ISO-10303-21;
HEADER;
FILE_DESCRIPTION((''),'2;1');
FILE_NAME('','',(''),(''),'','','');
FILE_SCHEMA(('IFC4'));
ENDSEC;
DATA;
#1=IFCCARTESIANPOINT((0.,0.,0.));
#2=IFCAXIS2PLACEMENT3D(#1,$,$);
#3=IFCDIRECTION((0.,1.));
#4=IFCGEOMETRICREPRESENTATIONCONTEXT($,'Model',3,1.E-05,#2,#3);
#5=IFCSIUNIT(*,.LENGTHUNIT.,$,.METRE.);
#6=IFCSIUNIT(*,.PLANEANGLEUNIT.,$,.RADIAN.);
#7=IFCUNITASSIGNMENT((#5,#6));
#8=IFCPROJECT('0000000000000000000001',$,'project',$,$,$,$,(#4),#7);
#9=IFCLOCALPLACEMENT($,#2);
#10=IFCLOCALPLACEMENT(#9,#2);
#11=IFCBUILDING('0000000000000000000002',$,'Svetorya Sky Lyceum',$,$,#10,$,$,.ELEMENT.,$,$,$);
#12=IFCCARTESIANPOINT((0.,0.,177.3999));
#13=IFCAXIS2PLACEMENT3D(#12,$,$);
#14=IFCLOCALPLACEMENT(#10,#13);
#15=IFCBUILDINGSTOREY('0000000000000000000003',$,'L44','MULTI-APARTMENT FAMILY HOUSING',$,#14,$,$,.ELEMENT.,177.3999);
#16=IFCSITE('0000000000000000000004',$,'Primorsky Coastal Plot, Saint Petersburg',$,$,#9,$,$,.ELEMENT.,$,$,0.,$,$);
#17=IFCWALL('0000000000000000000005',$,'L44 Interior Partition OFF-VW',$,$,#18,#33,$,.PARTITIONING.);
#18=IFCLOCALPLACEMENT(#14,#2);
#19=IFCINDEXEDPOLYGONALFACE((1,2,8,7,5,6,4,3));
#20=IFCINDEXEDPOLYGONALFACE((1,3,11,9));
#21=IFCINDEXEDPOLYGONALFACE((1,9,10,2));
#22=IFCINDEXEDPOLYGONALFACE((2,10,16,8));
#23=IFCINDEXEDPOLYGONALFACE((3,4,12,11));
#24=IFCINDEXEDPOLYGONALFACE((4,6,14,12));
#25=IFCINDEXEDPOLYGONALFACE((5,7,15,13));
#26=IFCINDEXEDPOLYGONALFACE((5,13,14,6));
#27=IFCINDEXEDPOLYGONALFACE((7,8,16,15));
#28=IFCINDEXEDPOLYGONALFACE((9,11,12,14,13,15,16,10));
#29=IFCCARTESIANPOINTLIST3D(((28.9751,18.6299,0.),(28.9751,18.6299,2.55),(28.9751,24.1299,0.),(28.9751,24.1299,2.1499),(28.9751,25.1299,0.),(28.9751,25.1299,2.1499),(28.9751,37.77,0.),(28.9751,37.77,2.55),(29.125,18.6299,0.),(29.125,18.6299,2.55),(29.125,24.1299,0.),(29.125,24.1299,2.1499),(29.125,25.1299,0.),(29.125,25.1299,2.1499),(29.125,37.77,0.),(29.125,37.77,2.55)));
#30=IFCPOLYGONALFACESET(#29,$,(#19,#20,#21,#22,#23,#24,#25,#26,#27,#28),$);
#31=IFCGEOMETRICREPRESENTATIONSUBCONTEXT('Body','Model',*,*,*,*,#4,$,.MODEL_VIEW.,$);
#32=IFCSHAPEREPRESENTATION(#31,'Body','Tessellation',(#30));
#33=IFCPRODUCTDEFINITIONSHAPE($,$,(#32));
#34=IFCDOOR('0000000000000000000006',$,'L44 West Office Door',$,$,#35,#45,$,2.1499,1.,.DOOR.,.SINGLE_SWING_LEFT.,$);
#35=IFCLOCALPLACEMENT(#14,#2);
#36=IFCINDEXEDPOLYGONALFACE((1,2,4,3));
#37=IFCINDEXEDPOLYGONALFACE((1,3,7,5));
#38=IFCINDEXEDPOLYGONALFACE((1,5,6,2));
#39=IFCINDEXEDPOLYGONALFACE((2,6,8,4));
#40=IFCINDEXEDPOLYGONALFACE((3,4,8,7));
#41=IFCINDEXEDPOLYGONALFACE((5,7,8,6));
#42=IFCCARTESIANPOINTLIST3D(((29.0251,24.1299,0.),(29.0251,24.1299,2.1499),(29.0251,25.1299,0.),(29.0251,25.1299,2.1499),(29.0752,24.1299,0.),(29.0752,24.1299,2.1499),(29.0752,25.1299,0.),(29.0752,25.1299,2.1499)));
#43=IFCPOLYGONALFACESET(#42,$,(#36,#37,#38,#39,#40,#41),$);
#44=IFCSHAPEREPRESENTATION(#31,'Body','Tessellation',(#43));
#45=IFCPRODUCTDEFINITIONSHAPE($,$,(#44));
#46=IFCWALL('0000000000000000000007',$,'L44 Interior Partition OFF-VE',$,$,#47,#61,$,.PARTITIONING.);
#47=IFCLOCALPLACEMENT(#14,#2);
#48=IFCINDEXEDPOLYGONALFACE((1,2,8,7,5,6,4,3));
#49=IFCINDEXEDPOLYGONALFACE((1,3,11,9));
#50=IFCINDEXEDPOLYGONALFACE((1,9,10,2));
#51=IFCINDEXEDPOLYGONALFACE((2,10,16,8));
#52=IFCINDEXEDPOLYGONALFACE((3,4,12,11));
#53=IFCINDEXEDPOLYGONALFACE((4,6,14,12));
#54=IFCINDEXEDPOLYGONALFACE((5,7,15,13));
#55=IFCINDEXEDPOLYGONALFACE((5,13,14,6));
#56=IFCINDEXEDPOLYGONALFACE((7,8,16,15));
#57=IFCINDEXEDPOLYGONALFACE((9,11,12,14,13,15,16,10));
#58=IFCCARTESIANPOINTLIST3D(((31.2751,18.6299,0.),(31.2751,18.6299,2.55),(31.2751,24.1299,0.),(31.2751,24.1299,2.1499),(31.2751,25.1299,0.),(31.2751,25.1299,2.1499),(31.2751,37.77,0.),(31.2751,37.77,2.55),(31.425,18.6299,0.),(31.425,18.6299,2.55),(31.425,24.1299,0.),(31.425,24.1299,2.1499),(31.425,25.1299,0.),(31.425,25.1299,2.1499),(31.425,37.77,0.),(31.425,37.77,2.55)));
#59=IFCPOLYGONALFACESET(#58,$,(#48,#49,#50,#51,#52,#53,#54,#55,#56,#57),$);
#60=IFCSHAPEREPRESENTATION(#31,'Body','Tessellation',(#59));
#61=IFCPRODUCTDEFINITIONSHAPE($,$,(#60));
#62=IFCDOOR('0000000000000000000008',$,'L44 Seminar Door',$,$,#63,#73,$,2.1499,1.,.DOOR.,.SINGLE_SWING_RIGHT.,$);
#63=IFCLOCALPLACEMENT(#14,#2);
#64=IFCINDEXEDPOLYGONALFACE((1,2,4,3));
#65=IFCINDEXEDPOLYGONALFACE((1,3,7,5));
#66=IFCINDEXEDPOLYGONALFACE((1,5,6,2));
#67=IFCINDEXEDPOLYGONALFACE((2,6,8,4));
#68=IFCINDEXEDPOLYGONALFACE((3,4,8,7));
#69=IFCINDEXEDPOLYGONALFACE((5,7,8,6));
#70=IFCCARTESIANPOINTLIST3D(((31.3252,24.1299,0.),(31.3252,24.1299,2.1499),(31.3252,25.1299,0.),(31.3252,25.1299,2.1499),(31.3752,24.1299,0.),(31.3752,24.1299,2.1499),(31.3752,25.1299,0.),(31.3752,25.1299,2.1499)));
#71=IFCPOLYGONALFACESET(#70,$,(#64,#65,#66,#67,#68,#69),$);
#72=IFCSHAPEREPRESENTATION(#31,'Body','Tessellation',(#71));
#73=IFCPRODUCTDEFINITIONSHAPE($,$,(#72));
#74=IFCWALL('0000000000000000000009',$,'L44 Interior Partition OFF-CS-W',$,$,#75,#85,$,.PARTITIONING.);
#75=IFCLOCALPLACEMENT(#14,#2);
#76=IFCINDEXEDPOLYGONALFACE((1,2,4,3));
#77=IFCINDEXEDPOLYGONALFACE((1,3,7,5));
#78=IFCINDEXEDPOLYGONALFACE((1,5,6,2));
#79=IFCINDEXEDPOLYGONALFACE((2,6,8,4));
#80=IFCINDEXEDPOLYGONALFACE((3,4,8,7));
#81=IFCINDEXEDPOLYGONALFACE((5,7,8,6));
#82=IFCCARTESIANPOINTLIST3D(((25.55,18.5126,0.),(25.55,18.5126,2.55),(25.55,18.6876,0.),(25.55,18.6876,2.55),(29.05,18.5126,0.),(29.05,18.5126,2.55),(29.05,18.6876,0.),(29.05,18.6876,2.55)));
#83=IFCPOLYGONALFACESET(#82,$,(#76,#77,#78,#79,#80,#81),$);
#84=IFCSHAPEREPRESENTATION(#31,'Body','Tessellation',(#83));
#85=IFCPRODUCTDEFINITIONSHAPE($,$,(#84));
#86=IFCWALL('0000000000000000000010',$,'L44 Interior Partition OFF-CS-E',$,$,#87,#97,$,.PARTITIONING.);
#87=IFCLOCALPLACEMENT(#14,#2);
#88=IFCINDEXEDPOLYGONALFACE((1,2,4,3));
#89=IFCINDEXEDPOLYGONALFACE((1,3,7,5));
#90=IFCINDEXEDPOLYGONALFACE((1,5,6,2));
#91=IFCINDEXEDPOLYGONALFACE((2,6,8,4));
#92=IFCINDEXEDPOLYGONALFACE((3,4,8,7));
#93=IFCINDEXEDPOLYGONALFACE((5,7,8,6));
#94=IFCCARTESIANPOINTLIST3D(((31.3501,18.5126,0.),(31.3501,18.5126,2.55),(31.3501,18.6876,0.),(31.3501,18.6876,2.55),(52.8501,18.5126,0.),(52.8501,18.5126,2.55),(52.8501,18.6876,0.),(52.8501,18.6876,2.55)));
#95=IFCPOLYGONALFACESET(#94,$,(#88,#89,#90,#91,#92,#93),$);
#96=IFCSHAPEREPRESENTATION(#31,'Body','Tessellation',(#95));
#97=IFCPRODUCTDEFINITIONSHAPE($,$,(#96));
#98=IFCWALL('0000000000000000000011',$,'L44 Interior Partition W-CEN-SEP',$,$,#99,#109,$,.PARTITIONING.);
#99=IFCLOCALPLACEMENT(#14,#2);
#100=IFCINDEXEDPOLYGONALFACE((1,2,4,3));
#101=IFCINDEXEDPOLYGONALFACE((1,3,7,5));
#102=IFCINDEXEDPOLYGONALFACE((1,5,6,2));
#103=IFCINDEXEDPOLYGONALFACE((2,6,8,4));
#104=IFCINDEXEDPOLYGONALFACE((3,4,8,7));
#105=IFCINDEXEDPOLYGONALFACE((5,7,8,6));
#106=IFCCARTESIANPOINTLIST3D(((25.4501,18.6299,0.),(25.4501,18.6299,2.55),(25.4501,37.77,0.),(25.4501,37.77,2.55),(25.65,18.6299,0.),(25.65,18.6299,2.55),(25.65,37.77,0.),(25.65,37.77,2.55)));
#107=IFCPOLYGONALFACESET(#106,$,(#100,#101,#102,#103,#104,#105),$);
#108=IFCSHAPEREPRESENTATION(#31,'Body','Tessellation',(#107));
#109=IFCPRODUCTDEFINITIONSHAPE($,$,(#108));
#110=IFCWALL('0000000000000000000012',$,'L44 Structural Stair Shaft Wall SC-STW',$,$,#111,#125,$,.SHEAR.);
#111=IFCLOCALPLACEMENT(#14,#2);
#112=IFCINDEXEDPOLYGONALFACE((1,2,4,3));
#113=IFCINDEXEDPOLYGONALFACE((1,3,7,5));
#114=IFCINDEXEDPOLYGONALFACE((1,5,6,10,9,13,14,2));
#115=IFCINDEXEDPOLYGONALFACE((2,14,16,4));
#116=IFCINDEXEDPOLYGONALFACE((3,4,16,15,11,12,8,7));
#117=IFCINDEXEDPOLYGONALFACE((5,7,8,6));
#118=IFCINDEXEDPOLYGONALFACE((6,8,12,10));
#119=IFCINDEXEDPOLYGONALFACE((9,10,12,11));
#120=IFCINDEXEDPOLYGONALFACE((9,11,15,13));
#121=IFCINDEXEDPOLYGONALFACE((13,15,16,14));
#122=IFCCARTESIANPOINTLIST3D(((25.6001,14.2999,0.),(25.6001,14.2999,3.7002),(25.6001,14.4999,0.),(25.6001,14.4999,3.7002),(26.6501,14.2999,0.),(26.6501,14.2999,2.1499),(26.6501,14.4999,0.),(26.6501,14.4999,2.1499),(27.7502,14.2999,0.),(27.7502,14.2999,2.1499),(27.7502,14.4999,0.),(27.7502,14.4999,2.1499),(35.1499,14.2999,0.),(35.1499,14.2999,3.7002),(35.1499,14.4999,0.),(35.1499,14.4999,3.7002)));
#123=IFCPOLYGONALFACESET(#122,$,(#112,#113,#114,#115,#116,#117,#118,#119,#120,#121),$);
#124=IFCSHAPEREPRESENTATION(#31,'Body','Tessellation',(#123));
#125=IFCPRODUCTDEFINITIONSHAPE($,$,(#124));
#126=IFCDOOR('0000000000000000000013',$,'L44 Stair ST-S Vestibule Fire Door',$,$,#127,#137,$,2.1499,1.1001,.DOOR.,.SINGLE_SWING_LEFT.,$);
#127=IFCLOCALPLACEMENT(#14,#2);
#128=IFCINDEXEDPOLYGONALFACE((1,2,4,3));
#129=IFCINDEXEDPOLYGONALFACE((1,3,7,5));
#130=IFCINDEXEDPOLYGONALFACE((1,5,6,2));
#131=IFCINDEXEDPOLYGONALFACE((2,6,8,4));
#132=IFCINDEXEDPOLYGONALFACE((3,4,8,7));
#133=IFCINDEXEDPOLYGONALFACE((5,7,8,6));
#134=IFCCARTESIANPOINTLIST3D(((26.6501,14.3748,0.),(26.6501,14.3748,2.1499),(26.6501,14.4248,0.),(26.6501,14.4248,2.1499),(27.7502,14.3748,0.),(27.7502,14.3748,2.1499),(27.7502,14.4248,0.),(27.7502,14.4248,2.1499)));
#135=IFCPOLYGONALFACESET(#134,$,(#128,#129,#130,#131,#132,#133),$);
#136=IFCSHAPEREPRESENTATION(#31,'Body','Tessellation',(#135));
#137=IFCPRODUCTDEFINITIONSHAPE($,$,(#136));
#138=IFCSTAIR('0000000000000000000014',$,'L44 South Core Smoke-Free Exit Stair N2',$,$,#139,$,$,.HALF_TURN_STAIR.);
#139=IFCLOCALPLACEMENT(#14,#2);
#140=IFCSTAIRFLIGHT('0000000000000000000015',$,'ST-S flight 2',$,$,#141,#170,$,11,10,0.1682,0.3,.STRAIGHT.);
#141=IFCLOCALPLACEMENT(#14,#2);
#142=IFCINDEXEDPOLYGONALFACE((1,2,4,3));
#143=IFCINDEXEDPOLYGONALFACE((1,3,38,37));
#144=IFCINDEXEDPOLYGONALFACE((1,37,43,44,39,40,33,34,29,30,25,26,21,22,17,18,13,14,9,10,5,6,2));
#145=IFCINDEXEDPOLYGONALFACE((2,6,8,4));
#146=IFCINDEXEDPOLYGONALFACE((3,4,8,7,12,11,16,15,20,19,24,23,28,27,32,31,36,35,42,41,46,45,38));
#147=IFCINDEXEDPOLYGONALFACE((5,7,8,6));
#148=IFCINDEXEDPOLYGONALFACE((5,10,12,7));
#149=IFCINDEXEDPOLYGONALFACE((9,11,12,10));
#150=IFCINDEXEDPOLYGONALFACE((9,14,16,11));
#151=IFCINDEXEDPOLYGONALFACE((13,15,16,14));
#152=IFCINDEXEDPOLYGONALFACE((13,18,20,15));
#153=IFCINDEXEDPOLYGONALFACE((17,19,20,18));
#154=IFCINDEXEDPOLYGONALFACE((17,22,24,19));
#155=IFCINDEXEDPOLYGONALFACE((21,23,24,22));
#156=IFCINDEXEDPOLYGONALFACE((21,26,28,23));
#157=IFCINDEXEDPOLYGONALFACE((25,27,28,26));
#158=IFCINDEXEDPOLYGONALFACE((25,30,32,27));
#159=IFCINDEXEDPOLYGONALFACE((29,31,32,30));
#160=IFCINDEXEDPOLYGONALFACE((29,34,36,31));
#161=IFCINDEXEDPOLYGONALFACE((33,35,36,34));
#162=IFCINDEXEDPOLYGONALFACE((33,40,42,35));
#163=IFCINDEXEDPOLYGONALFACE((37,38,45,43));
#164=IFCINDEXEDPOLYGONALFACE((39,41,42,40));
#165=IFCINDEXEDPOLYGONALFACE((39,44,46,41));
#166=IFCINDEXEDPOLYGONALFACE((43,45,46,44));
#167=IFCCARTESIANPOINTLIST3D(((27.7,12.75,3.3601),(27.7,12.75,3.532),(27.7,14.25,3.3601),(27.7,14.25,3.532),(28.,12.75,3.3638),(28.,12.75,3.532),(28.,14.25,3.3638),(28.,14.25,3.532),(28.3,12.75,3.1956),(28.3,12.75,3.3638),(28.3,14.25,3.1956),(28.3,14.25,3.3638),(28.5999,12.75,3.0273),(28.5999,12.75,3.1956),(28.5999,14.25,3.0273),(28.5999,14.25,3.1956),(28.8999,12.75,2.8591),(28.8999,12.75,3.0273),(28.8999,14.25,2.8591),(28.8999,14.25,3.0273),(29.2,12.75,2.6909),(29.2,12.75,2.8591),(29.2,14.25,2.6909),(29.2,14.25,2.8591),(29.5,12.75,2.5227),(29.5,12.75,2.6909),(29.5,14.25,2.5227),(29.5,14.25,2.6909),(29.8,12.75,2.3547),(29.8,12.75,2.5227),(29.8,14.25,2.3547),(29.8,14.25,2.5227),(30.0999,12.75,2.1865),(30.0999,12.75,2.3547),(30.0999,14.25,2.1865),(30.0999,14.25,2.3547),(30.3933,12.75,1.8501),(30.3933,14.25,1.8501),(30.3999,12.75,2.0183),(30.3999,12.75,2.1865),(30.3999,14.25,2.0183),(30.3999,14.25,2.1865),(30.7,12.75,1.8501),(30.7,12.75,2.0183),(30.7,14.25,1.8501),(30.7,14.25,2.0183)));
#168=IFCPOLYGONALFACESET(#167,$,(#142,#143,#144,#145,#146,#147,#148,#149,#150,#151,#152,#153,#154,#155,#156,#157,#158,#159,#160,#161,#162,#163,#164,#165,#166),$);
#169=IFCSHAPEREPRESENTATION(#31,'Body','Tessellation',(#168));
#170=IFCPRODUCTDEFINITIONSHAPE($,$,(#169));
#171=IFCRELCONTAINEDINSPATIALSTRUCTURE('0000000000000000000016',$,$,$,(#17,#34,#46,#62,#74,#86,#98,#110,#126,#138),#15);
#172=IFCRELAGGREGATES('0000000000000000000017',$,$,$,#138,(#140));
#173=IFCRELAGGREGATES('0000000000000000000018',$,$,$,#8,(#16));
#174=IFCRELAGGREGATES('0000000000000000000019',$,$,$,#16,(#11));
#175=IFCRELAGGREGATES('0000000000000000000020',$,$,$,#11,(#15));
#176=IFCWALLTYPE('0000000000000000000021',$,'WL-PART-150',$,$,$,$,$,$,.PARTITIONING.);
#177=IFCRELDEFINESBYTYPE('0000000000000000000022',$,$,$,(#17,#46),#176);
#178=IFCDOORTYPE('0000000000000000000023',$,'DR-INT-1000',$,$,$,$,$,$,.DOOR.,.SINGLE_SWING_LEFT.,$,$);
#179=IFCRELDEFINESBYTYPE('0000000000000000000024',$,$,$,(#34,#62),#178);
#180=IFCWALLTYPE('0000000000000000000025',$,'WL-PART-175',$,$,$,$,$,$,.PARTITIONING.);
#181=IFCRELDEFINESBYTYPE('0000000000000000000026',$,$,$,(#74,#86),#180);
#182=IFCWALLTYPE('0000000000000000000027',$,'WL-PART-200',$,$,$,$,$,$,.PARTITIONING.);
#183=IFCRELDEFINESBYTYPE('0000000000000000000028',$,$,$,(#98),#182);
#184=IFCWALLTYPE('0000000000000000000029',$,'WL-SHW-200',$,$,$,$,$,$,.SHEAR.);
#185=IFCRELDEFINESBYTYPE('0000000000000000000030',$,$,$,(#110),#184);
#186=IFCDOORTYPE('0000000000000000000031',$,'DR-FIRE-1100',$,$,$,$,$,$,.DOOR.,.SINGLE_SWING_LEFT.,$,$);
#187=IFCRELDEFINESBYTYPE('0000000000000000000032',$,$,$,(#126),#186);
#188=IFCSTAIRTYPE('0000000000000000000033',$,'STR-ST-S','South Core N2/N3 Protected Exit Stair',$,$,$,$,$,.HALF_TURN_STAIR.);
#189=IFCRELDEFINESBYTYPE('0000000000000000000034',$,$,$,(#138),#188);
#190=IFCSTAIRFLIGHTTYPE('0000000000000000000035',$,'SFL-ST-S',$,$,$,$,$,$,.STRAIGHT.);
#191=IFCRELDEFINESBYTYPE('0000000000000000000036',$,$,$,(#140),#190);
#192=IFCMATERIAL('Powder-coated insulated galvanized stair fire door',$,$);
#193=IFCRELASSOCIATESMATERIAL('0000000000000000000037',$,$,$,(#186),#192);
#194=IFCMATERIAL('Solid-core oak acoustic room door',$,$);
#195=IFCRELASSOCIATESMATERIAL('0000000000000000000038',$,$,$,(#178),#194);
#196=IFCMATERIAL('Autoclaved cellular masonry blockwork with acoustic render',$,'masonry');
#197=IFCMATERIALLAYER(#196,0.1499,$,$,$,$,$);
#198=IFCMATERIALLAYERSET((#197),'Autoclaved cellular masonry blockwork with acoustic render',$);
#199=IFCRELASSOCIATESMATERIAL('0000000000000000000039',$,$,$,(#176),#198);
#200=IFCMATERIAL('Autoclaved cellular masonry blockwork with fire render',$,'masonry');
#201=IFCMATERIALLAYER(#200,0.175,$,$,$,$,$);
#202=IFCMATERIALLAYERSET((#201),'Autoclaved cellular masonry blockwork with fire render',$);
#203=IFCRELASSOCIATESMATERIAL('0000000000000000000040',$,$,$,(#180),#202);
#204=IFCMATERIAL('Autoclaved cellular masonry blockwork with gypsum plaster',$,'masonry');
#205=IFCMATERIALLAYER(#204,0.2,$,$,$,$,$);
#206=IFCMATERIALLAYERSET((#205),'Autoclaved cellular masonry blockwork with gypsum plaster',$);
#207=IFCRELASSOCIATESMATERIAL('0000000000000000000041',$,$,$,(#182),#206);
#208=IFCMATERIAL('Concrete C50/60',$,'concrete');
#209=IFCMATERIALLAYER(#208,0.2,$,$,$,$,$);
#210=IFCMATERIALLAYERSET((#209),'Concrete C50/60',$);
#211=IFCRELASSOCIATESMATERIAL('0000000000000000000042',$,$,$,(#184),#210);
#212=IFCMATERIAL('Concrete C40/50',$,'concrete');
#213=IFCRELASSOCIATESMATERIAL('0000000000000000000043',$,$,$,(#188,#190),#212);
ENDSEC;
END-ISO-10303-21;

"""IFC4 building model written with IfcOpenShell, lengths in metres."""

from ifc_helpers import new_model, si_unit, direction, frame, frame_2d, origin, place, context, subcontext, project, spatial, polyline, rectangle, outline, extrude, material, layer, layer_set, type_object, element, fill, aggregate, save


model = new_model("IFC4")

# Units and contexts
model_context = context("Model", 3, precision=1e-05, world=origin(), true_north=direction((0.0, 1.0)))
body_context = subcontext(model_context, "Body", "Model", "MODEL_VIEW")
ifc_project = project(units=[si_unit("LENGTHUNIT", "METRE"), si_unit("PLANEANGLEUNIT", "RADIAN")], contexts=[model_context])

# Site, building, storey
site_placement = place(None, origin())
site = spatial("IfcSite", under=ifc_project, at=site_placement, Name="Primorsky Coastal Plot, Saint Petersburg", CompositionType="ELEMENT", RefElevation=0.0)
building_placement = place(site_placement, origin())
building = spatial("IfcBuilding", under=site, at=building_placement, Name="Svetorya Sky Lyceum", CompositionType="ELEMENT")
storey_placement = place(building_placement, frame((0.0, 0.0, 177.3999)))
storey = spatial("IfcBuildingStorey", under=building, at=storey_placement, Name="L44", Description="MULTI-APARTMENT FAMILY HOUSING", CompositionType="ELEMENT", Elevation=177.3999)

# Shared definitions
ifc_material_1 = material(Name="Concrete C50/60", Category="concrete")

# Shared definitions
ifc_material_2 = material(Name="Powder-coated insulated galvanized stair fire door")
door_type_1 = type_object("IfcDoorType", Name="DR-FIRE-1100", OperationType="SINGLE_SWING_LEFT", PredefinedType="DOOR", material=ifc_material_2)
ifc_material_3 = material(Name="Solid-core oak acoustic room door")
door_type_2 = type_object("IfcDoorType", Name="DR-INT-1000", OperationType="SINGLE_SWING_LEFT", PredefinedType="DOOR", material=ifc_material_3)

# Walls, openings, doors
ifc_material_4 = material(Name="Autoclaved cellular masonry blockwork with acoustic render", Category="masonry")
ifc_layer_1 = layer(ifc_material_4, 0.1499)
ifc_layer_set_1 = layer_set([ifc_layer_1], Name="Autoclaved cellular masonry blockwork with acoustic render")
wall_type_1 = type_object("IfcWallType", Name="WL-PART-150", PredefinedType="PARTITIONING", material=ifc_layer_set_1)
wall_1_placement = place(storey_placement, frame((29.05, 18.6299, 0.0), z_axis=(0.0, 0.0, 1.0), x_axis=(0.0, 1.0, 0.0)))
wall_1 = element("IfcWall", 1, at=wall_1_placement, inside=storey, type_object=wall_type_1, Name="L44 Interior Partition OFF-VW", PredefinedType="PARTITIONING", context=body_context, shape_type="SweptSolid", body=[
    extrude(rectangle(XDim=19.1401, YDim=0.1499, at=frame_2d((9.5701, 0.0))), origin(), (0.0, 0.0, 1.0), 2.55),
])
opening_1_placement = place(wall_1_placement, frame((5.5, 0.0, 0.0)))
opening_1 = element("IfcOpeningElement", 2, at=opening_1_placement, cuts=wall_1, PredefinedType="OPENING", context=body_context, shape_type="SweptSolid", body=[
    extrude(rectangle(XDim=1.0, YDim=2.1499, at=frame_2d((0.5, 1.075))), frame((0.0, 0.085, 0.0), z_axis=(0.0, -1.0, 0.0), x_axis=(1.0, 0.0, 0.0)), (0.0, 0.0, 1.0), 0.1699),
])
door_1_placement = place(opening_1_placement, origin())
door_1 = element("IfcDoor", 3, at=door_1_placement, inside=storey, type_object=door_type_2, Name="L44 West Office Door", OperationType="SINGLE_SWING_LEFT", OverallHeight=2.1499, OverallWidth=1.0, PredefinedType="DOOR", context=body_context, shape_type="SweptSolid", body=[
    extrude(rectangle(XDim=1.0, YDim=2.1499, at=frame_2d((0.5, 1.075))), frame((0.0, 0.0249, 0.0), z_axis=(0.0, -1.0, 0.0), x_axis=(1.0, 0.0, 0.0)), (0.0, 0.0, 1.0), 0.05),
])
fill(opening_1, door_1)
wall_2_placement = place(storey_placement, frame((31.3501, 18.6299, 0.0), z_axis=(0.0, 0.0, 1.0), x_axis=(0.0, 1.0, 0.0)))
wall_2 = element("IfcWall", 4, at=wall_2_placement, inside=storey, type_object=wall_type_1, Name="L44 Interior Partition OFF-VE", PredefinedType="PARTITIONING", context=body_context, shape_type="SweptSolid", body=[
    extrude(rectangle(XDim=19.1401, YDim=0.1499, at=frame_2d((9.5701, 0.0))), origin(), (0.0, 0.0, 1.0), 2.55),
])
opening_2_placement = place(wall_2_placement, frame((5.5, 0.0, 0.0)))
opening_2 = element("IfcOpeningElement", 5, at=opening_2_placement, cuts=wall_2, PredefinedType="OPENING", context=body_context, shape_type="SweptSolid", body=[
    extrude(rectangle(XDim=1.0, YDim=2.1499, at=frame_2d((0.5, 1.075))), frame((0.0, 0.085, 0.0), z_axis=(0.0, -1.0, 0.0), x_axis=(1.0, 0.0, 0.0)), (0.0, 0.0, 1.0), 0.1699),
])
door_2_placement = place(opening_2_placement, origin())
door_2 = element("IfcDoor", 6, at=door_2_placement, inside=storey, type_object=door_type_2, Name="L44 Seminar Door", OperationType="SINGLE_SWING_RIGHT", OverallHeight=2.1499, OverallWidth=1.0, PredefinedType="DOOR", context=body_context, shape_type="SweptSolid", body=[
    extrude(rectangle(XDim=1.0, YDim=2.1499, at=frame_2d((0.5, 1.075))), frame((0.0, 0.0249, 0.0), z_axis=(0.0, -1.0, 0.0), x_axis=(1.0, 0.0, 0.0)), (0.0, 0.0, 1.0), 0.05),
])
fill(opening_2, door_2)

# Walls
ifc_material_5 = material(Name="Autoclaved cellular masonry blockwork with fire render", Category="masonry")
ifc_layer_2 = layer(ifc_material_5, 0.175)
ifc_layer_set_2 = layer_set([ifc_layer_2], Name="Autoclaved cellular masonry blockwork with fire render")
wall_type_2 = type_object("IfcWallType", Name="WL-PART-175", PredefinedType="PARTITIONING", material=ifc_layer_set_2)
wall_3_placement = place(storey_placement, frame((25.55, 18.6001, 0.0), z_axis=(0.0, 0.0, 1.0), x_axis=(1.0, 0.0, 0.0)))
element("IfcWall", 7, at=wall_3_placement, inside=storey, type_object=wall_type_2, Name="L44 Interior Partition OFF-CS-W", PredefinedType="PARTITIONING", context=body_context, shape_type="SweptSolid", body=[
    extrude(rectangle(XDim=3.5, YDim=0.175, at=frame_2d((1.75, 0.0))), origin(), (0.0, 0.0, 1.0), 2.55),
])
wall_4_placement = place(storey_placement, frame((31.3501, 18.6001, 0.0), z_axis=(0.0, 0.0, 1.0), x_axis=(1.0, 0.0, 0.0)))
element("IfcWall", 8, at=wall_4_placement, inside=storey, type_object=wall_type_2, Name="L44 Interior Partition OFF-CS-E", PredefinedType="PARTITIONING", context=body_context, shape_type="SweptSolid", body=[
    extrude(rectangle(XDim=21.5, YDim=0.175, at=frame_2d((10.75, 0.0))), origin(), (0.0, 0.0, 1.0), 2.55),
])
ifc_material_6 = material(Name="Autoclaved cellular masonry blockwork with gypsum plaster", Category="masonry")
ifc_layer_3 = layer(ifc_material_6, 0.2)
ifc_layer_set_3 = layer_set([ifc_layer_3], Name="Autoclaved cellular masonry blockwork with gypsum plaster")
wall_type_3 = type_object("IfcWallType", Name="WL-PART-200", PredefinedType="PARTITIONING", material=ifc_layer_set_3)
wall_5_placement = place(storey_placement, frame((25.55, 18.6299, 0.0), z_axis=(0.0, 0.0, 1.0), x_axis=(0.0, 1.0, 0.0)))
element("IfcWall", 9, at=wall_5_placement, inside=storey, type_object=wall_type_3, Name="L44 Interior Partition W-CEN-SEP", PredefinedType="PARTITIONING", context=body_context, shape_type="SweptSolid", body=[
    extrude(rectangle(XDim=19.1401, YDim=0.2, at=frame_2d((9.5701, 0.0))), origin(), (0.0, 0.0, 1.0), 2.55),
])

# Wall, opening, door
ifc_layer_4 = layer(ifc_material_1, 0.2)
ifc_layer_set_4 = layer_set([ifc_layer_4], Name="Concrete C50/60")
wall_type_4 = type_object("IfcWallType", Name="WL-SHW-200", PredefinedType="SHEAR", material=ifc_layer_set_4)
wall_6_placement = place(storey_placement, frame((25.6001, 14.3999, 0.0), z_axis=(0.0, 0.0, 1.0), x_axis=(1.0, 0.0, 0.0)))
wall_6 = element("IfcWall", 10, at=wall_6_placement, inside=storey, type_object=wall_type_4, Name="L44 Structural Stair Shaft Wall SC-STW", PredefinedType="SHEAR", context=body_context, shape_type="SweptSolid", body=[
    extrude(rectangle(XDim=9.5498, YDim=0.2, at=frame_2d((4.7749, 0.0))), origin(), (0.0, 0.0, 1.0), 3.7002),
])
opening_3_placement = place(wall_6_placement, frame((1.05, 0.0, 0.0)))
opening_3 = element("IfcOpeningElement", 11, at=opening_3_placement, cuts=wall_6, PredefinedType="OPENING", context=body_context, shape_type="SweptSolid", body=[
    extrude(rectangle(XDim=1.1001, YDim=2.1499, at=frame_2d((0.55, 1.075))), frame((0.0, 0.1099, 0.0), z_axis=(0.0, -1.0, 0.0), x_axis=(1.0, 0.0, 0.0)), (0.0, 0.0, 1.0), 0.22),
])
door_3_placement = place(opening_3_placement, origin())
door_3 = element("IfcDoor", 12, at=door_3_placement, inside=storey, type_object=door_type_1, Name="L44 Stair ST-S Vestibule Fire Door", OperationType="SINGLE_SWING_LEFT", OverallHeight=2.1499, OverallWidth=1.1001, PredefinedType="DOOR", context=body_context, shape_type="SweptSolid", body=[
    extrude(rectangle(XDim=1.1001, YDim=2.1499, at=frame_2d((0.55, 1.075))), frame((0.0, 0.0249, 0.0), z_axis=(0.0, -1.0, 0.0), x_axis=(1.0, 0.0, 0.0)), (0.0, 0.0, 1.0), 0.05),
])
fill(opening_3, door_3)

# Stair, stair flight
ifc_material_7 = material(Name="Concrete C40/50", Category="concrete")
stair_type = type_object("IfcStairType", Name="STR-ST-S", Description="South Core N2/N3 Protected Exit Stair", PredefinedType="HALF_TURN_STAIR", material=ifc_material_7)
stair_placement = place(storey_placement, origin())
stair = element("IfcStair", 13, at=stair_placement, inside=storey, type_object=stair_type, Name="L44 South Core Smoke-Free Exit Stair N2", PredefinedType="HALF_TURN_STAIR")
stair_flight_type = type_object("IfcStairFlightType", Name="SFL-ST-S", PredefinedType="STRAIGHT", material=ifc_material_7)
stair_flight_placement = place(storey_placement, frame((30.7, 13.5, 1.8501), z_axis=(0.0, 0.0, 1.0), x_axis=(-1.0, 0.0, 0.0)))
stair_flight = element("IfcStairFlight", 14, at=stair_flight_placement, type_object=stair_flight_type, Name="ST-S flight 2", NumberOfRisers=11, NumberOfTreads=10, PredefinedType="STRAIGHT", RiserHeight=0.1682, TreadLength=0.3, context=body_context, shape_type="SweptSolid", body=[
    extrude(outline(polyline([(0.0, 0.0), (0.0, 0.1682), (0.3, 0.1682), (0.3, 0.3364), (0.6001, 0.3364), (0.6001, 0.5046), (0.8999, 0.5046), (0.8999, 0.6726), (1.2, 0.6726), (1.2, 0.8408), (1.5, 0.8408), (1.5, 1.009), (1.8, 1.009), (1.8, 1.1772), (2.1001, 1.1772), (2.1001, 1.3455), (2.3999, 1.3455), (2.3999, 1.5137), (2.7, 1.5137), (2.7, 1.6819), (3.0, 1.6819), (3.0, 1.8501), (3.0, 1.51), (0.3066, 0.0), (0.0, 0.0)])), frame((0.0, 0.75, 0.0), z_axis=(0.0, -1.0, 0.0), x_axis=(1.0, 0.0, 0.0)), (0.0, 0.0, 1.0), 1.5),
])
aggregate(stair, [stair_flight])

save(model, "model.ifc")
